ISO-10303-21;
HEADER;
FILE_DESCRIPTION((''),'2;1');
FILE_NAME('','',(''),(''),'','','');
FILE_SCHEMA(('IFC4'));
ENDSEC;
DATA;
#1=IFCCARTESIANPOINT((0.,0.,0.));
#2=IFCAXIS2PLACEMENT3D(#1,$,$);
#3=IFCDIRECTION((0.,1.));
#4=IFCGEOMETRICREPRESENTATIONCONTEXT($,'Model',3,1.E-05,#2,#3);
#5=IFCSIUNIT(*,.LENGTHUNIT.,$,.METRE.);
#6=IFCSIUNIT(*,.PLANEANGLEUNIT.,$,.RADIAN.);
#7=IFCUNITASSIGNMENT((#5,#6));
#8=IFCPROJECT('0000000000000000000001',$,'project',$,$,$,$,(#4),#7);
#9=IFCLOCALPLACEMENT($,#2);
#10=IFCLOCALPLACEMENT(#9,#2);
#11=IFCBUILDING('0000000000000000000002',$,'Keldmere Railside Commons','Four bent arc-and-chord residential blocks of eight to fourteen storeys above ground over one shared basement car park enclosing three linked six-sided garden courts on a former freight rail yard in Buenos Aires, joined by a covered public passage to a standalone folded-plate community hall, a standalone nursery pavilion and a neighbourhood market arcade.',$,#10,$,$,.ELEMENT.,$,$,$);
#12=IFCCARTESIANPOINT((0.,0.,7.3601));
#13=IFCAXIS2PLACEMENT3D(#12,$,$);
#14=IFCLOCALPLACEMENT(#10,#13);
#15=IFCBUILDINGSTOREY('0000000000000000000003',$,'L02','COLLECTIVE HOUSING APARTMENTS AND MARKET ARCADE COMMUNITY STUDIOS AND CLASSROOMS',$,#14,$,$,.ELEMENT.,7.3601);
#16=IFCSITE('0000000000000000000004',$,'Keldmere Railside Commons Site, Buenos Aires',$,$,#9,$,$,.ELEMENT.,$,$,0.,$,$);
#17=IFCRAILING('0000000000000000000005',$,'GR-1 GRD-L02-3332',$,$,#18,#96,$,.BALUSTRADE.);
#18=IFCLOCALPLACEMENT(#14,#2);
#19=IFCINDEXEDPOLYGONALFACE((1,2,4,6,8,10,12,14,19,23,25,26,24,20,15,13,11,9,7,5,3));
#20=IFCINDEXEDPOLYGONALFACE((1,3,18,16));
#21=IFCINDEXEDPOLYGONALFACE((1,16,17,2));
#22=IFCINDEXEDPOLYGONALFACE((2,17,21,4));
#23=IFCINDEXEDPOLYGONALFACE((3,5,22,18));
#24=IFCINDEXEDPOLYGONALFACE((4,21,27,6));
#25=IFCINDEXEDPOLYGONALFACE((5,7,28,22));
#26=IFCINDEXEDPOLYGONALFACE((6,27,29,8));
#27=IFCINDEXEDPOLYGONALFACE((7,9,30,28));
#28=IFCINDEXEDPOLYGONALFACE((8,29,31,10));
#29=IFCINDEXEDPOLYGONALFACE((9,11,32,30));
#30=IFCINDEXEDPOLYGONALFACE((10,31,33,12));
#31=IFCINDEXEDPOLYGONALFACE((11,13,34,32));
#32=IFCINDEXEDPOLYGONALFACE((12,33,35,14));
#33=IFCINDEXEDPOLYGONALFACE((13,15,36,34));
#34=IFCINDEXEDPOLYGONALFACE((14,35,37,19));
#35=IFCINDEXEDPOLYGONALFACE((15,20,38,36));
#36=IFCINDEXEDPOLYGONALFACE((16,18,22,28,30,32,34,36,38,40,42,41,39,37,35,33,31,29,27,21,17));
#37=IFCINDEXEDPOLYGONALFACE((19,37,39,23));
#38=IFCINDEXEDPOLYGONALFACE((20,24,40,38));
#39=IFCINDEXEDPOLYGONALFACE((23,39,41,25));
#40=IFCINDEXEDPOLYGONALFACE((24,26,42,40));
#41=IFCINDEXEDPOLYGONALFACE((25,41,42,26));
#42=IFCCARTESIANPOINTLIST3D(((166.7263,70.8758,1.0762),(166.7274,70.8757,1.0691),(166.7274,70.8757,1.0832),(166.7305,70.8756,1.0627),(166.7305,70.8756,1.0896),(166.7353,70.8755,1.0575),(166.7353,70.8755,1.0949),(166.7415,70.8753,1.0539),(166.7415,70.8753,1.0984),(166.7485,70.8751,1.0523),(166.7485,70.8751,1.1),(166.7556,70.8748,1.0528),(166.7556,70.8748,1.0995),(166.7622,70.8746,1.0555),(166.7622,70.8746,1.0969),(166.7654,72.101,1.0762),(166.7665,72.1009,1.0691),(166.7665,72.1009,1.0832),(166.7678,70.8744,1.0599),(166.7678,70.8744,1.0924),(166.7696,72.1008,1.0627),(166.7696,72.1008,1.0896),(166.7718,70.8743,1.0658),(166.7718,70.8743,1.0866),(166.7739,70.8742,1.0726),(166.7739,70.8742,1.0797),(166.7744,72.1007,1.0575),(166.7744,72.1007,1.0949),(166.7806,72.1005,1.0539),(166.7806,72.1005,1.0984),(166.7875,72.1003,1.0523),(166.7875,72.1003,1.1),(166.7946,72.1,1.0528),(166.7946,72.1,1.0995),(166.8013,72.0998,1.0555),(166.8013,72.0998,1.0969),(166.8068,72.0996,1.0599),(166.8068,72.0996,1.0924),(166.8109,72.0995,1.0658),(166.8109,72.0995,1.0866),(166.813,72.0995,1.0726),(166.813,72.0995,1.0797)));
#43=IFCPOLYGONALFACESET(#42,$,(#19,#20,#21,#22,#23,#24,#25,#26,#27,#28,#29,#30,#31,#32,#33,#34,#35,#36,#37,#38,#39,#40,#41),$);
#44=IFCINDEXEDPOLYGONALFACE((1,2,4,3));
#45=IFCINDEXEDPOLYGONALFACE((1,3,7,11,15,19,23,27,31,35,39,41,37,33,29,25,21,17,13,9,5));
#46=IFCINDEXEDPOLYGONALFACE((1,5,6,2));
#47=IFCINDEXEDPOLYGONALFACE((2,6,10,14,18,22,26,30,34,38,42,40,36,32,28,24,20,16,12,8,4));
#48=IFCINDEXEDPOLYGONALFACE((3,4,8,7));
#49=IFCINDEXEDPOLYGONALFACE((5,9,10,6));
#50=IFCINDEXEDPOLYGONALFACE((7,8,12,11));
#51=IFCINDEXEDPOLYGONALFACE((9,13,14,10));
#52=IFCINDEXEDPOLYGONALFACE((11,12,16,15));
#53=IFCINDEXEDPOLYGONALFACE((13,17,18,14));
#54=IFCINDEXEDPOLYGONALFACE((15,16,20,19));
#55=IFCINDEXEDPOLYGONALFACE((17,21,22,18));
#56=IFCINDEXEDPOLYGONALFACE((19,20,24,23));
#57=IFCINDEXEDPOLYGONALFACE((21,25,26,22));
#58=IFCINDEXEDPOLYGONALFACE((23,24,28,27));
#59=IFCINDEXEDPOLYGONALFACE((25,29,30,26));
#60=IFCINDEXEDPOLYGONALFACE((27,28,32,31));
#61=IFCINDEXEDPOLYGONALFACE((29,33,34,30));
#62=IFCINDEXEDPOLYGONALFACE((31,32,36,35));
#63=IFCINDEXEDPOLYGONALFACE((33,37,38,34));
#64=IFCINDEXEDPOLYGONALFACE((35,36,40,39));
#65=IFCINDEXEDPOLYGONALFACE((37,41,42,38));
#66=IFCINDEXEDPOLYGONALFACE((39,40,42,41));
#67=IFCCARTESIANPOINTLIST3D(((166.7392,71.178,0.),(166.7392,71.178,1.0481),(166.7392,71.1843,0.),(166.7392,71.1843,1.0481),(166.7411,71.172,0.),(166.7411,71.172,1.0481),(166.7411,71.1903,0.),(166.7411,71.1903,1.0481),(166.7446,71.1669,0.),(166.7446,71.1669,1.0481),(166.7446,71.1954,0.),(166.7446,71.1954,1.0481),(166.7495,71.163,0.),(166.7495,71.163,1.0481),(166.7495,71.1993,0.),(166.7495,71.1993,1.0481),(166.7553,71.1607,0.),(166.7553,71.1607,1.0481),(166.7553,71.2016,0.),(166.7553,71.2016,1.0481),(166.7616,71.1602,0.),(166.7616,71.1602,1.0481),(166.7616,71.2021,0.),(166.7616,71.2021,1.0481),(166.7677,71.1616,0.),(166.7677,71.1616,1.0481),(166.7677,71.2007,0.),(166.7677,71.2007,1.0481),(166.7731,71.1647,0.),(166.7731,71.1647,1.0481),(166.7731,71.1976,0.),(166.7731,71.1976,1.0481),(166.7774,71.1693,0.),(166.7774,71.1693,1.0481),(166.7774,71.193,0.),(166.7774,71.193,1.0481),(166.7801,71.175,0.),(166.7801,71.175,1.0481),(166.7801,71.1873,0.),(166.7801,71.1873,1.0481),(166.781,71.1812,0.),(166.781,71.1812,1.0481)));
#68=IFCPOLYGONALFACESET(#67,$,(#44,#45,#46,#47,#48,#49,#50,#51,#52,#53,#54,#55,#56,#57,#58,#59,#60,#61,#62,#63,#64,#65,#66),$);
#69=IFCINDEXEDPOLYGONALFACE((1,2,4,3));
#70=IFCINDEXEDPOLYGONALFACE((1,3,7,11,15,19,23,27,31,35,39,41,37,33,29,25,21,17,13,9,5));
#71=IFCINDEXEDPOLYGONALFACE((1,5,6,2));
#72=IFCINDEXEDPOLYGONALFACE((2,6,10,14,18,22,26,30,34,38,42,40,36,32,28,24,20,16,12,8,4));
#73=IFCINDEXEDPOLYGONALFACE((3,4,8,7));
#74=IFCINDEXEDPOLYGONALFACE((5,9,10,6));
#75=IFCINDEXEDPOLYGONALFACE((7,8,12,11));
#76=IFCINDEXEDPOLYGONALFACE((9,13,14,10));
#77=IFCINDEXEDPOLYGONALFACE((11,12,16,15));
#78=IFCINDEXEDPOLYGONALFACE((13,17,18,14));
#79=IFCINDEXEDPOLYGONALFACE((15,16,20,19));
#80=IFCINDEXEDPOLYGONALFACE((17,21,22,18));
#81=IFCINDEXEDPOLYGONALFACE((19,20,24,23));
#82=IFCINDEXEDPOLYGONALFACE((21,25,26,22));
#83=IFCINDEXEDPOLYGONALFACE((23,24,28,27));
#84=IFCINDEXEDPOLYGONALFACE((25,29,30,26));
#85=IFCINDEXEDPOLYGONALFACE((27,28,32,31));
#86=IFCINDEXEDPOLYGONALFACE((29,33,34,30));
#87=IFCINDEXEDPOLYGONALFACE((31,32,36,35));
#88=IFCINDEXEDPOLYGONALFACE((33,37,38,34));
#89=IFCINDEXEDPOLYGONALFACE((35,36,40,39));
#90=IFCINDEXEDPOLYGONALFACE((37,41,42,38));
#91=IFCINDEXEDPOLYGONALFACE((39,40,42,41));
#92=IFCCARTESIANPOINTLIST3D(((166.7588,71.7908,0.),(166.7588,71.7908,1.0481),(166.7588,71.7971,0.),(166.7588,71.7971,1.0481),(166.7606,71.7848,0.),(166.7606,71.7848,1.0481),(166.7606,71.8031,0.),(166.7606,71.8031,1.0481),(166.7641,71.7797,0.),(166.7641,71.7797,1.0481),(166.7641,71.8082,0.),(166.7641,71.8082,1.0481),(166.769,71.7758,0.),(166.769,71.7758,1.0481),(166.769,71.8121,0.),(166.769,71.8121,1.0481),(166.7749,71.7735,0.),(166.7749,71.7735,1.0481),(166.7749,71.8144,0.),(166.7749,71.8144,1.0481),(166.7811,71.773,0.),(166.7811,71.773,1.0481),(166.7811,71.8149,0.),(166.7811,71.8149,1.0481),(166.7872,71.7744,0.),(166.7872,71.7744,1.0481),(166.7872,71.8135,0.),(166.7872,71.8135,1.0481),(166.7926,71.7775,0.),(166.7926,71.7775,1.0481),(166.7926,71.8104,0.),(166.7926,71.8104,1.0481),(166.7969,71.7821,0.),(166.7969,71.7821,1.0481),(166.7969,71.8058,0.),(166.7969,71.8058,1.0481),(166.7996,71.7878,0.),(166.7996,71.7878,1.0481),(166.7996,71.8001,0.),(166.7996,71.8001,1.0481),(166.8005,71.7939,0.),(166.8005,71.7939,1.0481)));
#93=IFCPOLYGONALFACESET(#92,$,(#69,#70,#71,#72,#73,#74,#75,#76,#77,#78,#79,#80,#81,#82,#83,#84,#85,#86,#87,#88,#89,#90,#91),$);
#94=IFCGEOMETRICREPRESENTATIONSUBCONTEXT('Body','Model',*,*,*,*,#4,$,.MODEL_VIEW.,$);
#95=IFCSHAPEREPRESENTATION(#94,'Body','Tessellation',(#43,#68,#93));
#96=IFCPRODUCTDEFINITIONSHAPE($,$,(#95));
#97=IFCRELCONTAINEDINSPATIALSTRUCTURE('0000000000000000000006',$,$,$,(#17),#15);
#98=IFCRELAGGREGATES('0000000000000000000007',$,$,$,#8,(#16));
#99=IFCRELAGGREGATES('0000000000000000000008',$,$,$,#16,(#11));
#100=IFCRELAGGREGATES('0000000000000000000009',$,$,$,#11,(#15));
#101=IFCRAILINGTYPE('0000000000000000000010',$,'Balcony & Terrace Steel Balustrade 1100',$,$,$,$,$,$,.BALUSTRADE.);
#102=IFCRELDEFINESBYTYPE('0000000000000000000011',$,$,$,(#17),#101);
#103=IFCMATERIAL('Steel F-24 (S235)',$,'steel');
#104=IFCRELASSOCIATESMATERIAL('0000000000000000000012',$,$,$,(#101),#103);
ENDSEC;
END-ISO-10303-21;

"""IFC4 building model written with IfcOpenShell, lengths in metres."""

from ifc_helpers import new_model, si_unit, direction, frame, origin, origin_2d, place, context, subcontext, project, spatial, circle, extrude, material, type_object, element, save


model = new_model("IFC4")

# Units and contexts
model_context = context("Model", 3, precision=1e-05, world=origin(), true_north=direction((0.0, 1.0)))
body_context = subcontext(model_context, "Body", "Model", "MODEL_VIEW")
ifc_project = project(units=[si_unit("LENGTHUNIT", "METRE"), si_unit("PLANEANGLEUNIT", "RADIAN")], contexts=[model_context])

# Site, building, storey
site_placement = place(None, origin())
site = spatial("IfcSite", under=ifc_project, at=site_placement, Name="Keldmere Railside Commons Site, Buenos Aires", CompositionType="ELEMENT", RefElevation=0.0)
building_placement = place(site_placement, origin())
building = spatial("IfcBuilding", under=site, at=building_placement, Name="Keldmere Railside Commons", Description="Four bent arc-and-chord residential blocks of eight to fourteen storeys above ground over one shared basement car park enclosing three linked six-sided garden courts on a former freight rail yard in Buenos Aires, joined by a covered public passage to a standalone folded-plate community hall, a standalone nursery pavilion and a neighbourhood market arcade.", CompositionType="ELEMENT")
storey_placement = place(building_placement, frame((0.0, 0.0, 7.3601)))
storey = spatial("IfcBuildingStorey", under=building, at=storey_placement, Name="L02", Description="COLLECTIVE HOUSING APARTMENTS AND MARKET ARCADE COMMUNITY STUDIOS AND CLASSROOMS", CompositionType="ELEMENT", Elevation=7.3601)

# Railing
ifc_material_1 = material(Name="Steel F-24 (S235)", Category="steel")
railing_type = type_object("IfcRailingType", Name="Balcony & Terrace Steel Balustrade 1100", PredefinedType="BALUSTRADE", material=ifc_material_1)
railing_1_placement = place(storey_placement, frame((166.7502, 70.875, 0.0)))
element("IfcRailing", 1, at=railing_1_placement, inside=storey, type_object=railing_type, Name="GR-1 GRD-L02-3332", PredefinedType="BALUSTRADE", context=body_context, shape_type="SweptSolid", body=[
    extrude(circle(Radius=0.0239, at=origin_2d()), frame((0.0, 0.0, 1.0762), z_axis=(0.031869, 0.999492, 0.0), x_axis=(-0.999492, 0.031869, 0.0)), (0.0, 0.0, 1.0), 1.2258),
    extrude(circle(Radius=0.021, at=origin_2d()), frame((0.0098, 0.3062, 0.0)), (0.0, 0.0, 1.0), 1.0481),
    extrude(circle(Radius=0.021, at=origin_2d()), frame((0.0293, 0.9189, 0.0)), (0.0, 0.0, 1.0), 1.0481),
])

save(model, "model.ifc")
